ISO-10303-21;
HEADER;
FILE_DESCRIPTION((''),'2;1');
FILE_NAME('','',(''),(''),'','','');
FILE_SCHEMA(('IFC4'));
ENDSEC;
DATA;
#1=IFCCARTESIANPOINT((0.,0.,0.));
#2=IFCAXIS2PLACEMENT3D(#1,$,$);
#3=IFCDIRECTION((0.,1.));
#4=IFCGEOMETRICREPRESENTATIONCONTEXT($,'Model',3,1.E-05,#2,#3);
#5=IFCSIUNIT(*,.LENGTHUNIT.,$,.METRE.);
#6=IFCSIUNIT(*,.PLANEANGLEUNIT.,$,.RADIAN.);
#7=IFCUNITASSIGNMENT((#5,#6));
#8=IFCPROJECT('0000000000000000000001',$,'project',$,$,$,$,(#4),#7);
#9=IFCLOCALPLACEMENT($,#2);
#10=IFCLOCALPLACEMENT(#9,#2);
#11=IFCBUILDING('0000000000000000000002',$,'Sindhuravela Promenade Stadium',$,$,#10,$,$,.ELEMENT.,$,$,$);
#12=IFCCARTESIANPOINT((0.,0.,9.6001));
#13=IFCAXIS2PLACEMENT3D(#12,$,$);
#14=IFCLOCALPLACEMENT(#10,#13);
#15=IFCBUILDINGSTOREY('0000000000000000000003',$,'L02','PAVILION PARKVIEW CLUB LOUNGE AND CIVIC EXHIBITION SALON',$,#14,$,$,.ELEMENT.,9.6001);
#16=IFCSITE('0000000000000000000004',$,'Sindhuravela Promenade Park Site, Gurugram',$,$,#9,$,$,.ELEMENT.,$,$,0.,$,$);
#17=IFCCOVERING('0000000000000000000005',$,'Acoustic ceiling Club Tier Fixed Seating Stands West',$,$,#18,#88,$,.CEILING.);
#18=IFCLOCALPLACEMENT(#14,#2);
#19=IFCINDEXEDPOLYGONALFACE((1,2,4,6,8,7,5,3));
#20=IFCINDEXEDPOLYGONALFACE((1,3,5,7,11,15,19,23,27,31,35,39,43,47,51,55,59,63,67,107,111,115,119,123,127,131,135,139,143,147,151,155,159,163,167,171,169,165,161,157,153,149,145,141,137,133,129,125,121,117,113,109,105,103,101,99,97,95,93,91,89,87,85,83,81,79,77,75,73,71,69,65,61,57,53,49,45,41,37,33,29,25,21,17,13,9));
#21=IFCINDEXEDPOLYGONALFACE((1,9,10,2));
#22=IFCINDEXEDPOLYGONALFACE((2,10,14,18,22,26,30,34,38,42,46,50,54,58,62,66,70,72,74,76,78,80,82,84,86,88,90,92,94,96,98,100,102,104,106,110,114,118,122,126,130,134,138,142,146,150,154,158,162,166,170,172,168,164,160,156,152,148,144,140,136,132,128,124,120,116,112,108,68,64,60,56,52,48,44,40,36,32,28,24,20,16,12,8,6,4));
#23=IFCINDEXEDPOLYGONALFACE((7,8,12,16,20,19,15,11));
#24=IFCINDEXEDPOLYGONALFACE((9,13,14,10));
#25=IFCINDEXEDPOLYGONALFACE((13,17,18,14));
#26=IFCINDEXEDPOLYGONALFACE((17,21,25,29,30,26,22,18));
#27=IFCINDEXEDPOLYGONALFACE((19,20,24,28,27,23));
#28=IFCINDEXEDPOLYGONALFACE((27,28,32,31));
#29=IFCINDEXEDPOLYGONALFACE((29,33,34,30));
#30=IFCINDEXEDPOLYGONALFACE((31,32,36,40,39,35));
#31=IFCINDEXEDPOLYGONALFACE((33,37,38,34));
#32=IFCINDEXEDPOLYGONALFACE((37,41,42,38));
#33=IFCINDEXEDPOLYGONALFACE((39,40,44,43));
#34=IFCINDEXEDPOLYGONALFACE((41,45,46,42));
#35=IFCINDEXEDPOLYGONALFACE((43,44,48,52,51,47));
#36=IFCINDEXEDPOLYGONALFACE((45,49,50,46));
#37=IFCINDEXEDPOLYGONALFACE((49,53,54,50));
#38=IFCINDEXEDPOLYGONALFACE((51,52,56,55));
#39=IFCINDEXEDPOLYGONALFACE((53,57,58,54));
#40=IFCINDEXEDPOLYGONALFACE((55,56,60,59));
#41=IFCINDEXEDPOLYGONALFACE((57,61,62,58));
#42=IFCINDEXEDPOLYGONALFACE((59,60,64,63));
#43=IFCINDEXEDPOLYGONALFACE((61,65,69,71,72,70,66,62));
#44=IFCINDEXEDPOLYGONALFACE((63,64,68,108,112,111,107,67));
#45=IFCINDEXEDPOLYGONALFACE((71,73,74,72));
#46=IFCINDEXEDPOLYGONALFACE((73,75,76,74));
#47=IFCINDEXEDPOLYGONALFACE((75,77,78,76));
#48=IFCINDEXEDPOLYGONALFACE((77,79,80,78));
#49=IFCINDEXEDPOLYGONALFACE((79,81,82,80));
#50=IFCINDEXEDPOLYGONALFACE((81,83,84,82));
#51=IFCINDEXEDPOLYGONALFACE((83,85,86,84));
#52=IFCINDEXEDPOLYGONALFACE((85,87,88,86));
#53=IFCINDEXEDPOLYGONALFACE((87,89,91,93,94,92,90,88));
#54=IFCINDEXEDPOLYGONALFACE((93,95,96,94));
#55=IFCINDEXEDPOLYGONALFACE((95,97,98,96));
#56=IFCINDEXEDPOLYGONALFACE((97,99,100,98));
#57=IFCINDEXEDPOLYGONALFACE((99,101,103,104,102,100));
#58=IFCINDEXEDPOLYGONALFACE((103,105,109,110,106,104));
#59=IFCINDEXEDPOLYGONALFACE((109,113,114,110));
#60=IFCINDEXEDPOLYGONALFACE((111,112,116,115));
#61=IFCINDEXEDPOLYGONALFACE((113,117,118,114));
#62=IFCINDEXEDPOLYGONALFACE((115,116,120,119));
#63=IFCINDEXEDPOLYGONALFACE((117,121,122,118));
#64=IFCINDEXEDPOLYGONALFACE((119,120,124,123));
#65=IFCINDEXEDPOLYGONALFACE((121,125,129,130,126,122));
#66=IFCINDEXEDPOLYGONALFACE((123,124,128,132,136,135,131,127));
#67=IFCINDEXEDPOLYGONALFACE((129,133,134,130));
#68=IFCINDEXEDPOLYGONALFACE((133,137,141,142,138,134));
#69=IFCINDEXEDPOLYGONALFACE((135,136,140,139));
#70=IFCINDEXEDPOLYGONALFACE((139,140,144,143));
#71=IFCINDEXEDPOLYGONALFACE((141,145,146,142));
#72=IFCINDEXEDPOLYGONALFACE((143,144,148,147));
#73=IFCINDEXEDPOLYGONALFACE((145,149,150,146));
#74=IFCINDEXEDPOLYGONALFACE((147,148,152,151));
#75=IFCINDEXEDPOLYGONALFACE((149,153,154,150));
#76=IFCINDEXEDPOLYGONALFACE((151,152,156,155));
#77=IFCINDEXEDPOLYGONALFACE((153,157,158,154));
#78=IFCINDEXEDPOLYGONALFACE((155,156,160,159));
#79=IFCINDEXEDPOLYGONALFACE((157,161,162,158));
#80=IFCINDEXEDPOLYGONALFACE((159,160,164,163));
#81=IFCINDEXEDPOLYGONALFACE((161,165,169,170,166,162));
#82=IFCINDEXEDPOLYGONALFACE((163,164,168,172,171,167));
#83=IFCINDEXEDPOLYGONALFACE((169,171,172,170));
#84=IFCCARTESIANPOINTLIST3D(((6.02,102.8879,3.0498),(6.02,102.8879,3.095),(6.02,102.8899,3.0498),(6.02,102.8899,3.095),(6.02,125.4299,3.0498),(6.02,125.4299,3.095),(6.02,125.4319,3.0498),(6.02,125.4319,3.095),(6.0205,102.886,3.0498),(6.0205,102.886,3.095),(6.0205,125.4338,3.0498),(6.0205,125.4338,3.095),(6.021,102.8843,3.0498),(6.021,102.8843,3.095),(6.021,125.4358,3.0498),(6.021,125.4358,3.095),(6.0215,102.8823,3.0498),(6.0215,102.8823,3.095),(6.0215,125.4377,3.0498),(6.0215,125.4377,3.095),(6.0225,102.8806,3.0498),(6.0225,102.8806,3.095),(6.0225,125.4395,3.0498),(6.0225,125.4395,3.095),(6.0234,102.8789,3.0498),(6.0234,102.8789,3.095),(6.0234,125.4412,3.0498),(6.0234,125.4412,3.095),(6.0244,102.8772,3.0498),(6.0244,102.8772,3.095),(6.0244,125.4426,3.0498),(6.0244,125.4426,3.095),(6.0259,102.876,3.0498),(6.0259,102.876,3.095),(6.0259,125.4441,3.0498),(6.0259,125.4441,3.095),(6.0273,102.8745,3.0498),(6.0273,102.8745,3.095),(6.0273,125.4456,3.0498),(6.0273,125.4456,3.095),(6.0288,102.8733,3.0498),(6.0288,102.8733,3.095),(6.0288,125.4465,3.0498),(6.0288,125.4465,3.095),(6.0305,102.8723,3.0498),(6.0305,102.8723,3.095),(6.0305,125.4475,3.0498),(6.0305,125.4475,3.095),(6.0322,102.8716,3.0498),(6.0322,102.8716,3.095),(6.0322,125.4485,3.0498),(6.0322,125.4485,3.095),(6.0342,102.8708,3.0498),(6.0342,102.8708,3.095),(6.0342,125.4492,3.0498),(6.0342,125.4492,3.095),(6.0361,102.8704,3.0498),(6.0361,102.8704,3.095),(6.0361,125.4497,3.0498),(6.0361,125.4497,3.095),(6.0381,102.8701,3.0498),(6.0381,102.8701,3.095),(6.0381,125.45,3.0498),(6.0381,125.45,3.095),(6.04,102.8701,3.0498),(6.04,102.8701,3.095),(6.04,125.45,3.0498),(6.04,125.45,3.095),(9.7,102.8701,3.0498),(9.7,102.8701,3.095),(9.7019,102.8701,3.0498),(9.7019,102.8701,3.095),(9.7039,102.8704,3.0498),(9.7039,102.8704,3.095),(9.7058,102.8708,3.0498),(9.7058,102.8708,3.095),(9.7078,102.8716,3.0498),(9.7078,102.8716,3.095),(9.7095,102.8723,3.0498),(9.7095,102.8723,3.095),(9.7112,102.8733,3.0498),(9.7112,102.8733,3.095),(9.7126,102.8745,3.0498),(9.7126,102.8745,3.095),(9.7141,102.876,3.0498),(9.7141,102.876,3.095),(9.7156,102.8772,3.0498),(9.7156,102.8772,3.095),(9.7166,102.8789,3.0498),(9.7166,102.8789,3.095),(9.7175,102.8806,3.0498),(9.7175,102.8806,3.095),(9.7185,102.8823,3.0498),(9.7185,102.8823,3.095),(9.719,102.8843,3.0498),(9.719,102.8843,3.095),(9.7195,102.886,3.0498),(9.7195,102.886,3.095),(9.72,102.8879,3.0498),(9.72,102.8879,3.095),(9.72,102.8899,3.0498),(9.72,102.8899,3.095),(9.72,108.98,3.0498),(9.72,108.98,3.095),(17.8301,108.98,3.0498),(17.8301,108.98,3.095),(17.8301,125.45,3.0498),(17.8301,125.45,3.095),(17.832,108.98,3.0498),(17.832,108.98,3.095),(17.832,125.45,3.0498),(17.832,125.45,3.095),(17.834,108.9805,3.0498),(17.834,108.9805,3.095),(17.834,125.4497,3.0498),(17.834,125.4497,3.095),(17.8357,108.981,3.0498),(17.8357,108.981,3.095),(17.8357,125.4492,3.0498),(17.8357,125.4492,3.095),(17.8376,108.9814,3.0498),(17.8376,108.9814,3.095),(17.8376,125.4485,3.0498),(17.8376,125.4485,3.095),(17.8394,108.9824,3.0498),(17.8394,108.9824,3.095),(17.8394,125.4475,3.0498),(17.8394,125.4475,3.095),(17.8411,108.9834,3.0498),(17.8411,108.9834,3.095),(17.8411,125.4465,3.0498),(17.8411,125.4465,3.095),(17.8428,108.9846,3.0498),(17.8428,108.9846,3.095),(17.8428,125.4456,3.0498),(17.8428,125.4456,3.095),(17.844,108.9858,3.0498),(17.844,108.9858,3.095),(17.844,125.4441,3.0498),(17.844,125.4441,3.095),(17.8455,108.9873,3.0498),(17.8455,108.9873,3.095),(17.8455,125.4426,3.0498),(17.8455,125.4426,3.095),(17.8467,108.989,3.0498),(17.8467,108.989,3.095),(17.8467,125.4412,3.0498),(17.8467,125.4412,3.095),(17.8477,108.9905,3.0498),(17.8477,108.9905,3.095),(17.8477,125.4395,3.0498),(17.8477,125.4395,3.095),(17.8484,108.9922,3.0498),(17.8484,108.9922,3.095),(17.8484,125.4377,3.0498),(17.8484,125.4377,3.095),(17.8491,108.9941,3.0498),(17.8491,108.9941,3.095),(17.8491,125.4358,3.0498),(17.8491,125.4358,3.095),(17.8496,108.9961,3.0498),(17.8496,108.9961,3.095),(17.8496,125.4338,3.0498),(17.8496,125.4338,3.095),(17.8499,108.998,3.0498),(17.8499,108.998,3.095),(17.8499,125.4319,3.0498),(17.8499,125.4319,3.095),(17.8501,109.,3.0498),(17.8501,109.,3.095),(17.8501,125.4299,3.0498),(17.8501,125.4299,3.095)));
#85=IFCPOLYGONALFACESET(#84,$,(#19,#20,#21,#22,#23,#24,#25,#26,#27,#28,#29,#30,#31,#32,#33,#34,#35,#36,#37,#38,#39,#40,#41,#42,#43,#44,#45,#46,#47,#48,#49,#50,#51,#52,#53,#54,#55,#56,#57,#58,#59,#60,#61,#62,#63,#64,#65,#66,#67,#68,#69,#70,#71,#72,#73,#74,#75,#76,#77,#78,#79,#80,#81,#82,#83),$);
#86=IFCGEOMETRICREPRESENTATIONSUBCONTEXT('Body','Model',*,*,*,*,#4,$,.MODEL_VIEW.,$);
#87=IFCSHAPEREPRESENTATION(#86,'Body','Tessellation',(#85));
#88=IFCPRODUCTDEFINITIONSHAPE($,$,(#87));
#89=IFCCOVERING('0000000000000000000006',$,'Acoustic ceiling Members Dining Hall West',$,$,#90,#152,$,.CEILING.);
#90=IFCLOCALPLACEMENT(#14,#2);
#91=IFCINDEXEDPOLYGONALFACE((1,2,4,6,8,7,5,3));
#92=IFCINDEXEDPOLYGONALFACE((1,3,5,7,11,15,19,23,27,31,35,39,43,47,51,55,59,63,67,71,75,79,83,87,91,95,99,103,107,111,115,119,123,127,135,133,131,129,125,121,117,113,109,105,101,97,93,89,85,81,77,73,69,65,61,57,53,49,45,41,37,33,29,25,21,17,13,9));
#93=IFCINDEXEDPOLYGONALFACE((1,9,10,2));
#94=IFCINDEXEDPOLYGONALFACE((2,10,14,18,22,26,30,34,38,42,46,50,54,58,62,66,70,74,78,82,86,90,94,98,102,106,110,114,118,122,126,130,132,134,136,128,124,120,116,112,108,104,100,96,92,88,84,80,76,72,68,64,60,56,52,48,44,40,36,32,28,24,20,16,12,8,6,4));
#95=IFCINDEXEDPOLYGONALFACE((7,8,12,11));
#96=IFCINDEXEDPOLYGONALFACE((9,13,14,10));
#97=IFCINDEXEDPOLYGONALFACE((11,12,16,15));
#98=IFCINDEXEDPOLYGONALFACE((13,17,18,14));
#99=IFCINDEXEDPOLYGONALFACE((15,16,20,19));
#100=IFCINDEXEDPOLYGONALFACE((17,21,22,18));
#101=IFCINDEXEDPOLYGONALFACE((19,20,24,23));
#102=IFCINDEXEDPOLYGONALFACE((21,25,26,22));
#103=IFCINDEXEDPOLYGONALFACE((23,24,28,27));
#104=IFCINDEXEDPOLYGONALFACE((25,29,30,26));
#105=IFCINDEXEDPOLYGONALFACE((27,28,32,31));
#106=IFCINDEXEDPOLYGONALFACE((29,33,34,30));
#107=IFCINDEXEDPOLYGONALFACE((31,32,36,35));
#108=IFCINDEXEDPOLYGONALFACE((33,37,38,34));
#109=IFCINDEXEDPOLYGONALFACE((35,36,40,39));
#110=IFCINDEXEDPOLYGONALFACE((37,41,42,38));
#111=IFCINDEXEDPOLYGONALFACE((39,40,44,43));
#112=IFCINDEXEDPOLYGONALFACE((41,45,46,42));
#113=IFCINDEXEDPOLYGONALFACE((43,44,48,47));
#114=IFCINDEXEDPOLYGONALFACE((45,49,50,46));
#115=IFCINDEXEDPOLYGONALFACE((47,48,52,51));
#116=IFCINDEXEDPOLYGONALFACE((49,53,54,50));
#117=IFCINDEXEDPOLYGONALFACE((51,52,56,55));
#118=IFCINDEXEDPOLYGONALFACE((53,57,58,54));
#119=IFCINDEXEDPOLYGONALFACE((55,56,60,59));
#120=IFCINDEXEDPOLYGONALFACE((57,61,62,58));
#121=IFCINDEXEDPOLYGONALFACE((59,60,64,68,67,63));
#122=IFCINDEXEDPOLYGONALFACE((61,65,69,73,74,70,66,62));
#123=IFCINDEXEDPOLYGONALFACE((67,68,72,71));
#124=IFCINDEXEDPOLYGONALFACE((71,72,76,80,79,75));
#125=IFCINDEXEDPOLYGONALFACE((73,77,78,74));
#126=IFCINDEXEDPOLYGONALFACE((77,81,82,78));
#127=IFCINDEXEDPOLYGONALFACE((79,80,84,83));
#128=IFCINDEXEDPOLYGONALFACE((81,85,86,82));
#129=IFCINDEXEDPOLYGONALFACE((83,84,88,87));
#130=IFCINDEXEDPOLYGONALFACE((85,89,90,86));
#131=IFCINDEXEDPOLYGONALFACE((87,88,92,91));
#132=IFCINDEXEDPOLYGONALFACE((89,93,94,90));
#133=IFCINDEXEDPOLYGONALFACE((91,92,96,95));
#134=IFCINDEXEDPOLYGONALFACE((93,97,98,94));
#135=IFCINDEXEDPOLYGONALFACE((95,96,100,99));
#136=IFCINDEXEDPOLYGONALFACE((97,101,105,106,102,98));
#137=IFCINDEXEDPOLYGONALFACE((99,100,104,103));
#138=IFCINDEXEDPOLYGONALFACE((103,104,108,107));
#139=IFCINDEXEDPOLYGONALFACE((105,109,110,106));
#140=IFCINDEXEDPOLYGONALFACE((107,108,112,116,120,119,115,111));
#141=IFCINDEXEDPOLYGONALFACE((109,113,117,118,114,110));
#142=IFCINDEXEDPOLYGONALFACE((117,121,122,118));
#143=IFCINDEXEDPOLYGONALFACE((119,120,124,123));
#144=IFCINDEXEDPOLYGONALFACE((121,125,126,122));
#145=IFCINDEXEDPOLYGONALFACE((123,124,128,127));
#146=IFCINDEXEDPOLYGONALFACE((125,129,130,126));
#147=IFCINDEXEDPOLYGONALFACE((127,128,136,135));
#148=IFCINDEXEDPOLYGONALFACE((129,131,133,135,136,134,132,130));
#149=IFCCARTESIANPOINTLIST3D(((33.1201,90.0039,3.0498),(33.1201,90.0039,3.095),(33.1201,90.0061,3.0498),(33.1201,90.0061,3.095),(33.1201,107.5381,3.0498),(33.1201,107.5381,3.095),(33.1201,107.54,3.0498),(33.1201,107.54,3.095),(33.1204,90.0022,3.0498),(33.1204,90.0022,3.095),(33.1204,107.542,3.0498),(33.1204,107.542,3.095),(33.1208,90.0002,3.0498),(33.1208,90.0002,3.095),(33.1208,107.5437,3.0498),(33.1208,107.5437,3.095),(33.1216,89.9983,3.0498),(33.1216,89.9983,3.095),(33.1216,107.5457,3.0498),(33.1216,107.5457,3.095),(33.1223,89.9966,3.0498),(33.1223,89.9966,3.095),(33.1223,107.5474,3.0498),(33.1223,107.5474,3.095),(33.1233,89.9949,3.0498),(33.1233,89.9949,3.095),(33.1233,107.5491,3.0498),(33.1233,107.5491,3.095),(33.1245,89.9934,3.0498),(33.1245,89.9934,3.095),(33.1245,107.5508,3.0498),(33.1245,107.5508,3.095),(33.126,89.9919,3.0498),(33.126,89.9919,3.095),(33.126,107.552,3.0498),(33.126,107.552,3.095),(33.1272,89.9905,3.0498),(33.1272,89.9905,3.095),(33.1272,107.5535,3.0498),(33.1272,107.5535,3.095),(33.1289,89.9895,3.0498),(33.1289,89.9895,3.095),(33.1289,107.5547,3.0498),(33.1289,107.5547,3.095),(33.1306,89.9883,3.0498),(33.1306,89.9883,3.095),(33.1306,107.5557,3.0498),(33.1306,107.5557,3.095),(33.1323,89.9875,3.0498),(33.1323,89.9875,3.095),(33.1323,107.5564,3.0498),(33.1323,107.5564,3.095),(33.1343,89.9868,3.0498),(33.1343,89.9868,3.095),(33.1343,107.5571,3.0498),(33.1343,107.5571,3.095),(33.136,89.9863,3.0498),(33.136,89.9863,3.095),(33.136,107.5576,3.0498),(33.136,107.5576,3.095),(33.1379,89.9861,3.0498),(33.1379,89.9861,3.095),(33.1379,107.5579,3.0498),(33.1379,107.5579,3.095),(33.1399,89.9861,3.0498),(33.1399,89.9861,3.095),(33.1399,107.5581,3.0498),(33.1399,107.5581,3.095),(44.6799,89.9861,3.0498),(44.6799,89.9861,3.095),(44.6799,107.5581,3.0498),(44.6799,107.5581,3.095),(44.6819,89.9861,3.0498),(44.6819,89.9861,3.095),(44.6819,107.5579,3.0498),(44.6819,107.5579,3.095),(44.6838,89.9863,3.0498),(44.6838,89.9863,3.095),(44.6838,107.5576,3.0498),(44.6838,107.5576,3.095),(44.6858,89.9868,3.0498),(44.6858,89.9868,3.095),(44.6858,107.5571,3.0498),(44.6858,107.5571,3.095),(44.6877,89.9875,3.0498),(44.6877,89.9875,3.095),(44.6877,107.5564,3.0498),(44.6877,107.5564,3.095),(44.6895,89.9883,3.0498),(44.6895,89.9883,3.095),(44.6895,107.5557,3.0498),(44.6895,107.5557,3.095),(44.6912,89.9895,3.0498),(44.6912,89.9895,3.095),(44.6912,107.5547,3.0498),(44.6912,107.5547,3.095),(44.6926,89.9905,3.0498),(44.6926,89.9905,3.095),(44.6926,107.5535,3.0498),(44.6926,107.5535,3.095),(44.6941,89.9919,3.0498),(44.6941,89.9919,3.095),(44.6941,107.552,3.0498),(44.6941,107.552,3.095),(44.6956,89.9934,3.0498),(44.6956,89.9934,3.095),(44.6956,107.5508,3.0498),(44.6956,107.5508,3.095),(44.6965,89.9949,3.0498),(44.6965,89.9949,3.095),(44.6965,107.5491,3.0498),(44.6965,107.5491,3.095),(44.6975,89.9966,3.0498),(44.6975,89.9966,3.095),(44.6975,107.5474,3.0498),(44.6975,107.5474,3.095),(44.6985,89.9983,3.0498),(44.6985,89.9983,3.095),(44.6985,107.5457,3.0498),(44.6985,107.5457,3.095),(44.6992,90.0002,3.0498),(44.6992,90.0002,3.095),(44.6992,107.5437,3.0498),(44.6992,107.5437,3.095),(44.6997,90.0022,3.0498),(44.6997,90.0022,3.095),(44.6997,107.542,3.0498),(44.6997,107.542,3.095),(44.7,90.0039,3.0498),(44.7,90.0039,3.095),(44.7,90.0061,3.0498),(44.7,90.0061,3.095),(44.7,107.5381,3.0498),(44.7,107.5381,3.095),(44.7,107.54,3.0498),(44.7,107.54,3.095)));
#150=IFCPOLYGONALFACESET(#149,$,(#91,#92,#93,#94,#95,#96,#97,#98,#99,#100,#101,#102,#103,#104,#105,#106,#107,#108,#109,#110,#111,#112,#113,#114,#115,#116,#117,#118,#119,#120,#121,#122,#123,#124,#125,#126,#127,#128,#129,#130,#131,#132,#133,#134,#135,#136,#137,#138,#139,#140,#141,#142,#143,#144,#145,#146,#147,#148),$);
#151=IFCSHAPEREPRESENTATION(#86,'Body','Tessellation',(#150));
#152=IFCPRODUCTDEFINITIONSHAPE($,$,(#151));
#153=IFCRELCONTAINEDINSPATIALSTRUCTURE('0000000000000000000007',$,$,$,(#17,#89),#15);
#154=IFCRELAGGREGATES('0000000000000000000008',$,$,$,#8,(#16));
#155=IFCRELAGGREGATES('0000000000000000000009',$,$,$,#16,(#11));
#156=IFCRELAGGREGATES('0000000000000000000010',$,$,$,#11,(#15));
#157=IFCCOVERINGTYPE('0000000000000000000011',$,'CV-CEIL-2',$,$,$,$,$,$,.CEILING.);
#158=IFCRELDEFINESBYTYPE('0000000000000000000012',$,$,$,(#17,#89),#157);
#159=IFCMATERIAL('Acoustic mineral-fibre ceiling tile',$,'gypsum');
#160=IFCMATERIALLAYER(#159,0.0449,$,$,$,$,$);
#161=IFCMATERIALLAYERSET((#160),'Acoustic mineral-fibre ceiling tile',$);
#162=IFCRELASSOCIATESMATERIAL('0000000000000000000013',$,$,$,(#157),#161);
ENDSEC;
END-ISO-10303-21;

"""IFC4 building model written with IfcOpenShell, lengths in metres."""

from ifc_helpers import new_model, si_unit, direction, frame, origin, place, context, subcontext, project, spatial, polyline, outline, extrude, material, layer, layer_set, type_object, element, save


model = new_model("IFC4")

# Units and contexts
model_context = context("Model", 3, precision=1e-05, world=origin(), true_north=direction((0.0, 1.0)))
body_context = subcontext(model_context, "Body", "Model", "MODEL_VIEW")
ifc_project = project(units=[si_unit("LENGTHUNIT", "METRE"), si_unit("PLANEANGLEUNIT", "RADIAN")], contexts=[model_context])

# Site, building, storey
site_placement = place(None, origin())
site = spatial("IfcSite", under=ifc_project, at=site_placement, Name="Sindhuravela Promenade Park Site, Gurugram", CompositionType="ELEMENT", RefElevation=0.0)
building_placement = place(site_placement, origin())
building = spatial("IfcBuilding", under=site, at=building_placement, Name="Sindhuravela Promenade Stadium", CompositionType="ELEMENT")
storey_placement = place(building_placement, frame((0.0, 0.0, 9.6001)))
storey = spatial("IfcBuildingStorey", under=building, at=storey_placement, Name="L02", Description="PAVILION PARKVIEW CLUB LOUNGE AND CIVIC EXHIBITION SALON", CompositionType="ELEMENT", Elevation=9.6001)

# Coverings
ifc_material_1 = material(Name="Acoustic mineral-fibre ceiling tile", Category="gypsum")
ifc_layer_1 = layer(ifc_material_1, 0.0449)
ifc_layer_set_1 = layer_set([ifc_layer_1], Name="Acoustic mineral-fibre ceiling tile")
covering_type_1 = type_object("IfcCoveringType", Name="CV-CEIL-2", PredefinedType="CEILING", material=ifc_layer_set_1)
covering_1_placement = place(storey_placement, frame((0.0, 0.0, 3.0498)))
element("IfcCovering", 1, at=covering_1_placement, inside=storey, type_object=covering_type_1, Name="Acoustic ceiling Club Tier Fixed Seating Stands West", PredefinedType="CEILING", context=body_context, shape_type="SweptSolid", body=[
    extrude(outline(polyline([(9.72, 108.98), (9.72, 102.8899), (9.72, 102.8879), (9.7195, 102.886), (9.719, 102.8843), (9.7185, 102.8823), (9.7175, 102.8806), (9.7166, 102.8789), (9.7156, 102.8772), (9.7141, 102.876), (9.7126, 102.8745), (9.7112, 102.8733), (9.7095, 102.8723), (9.7078, 102.8716), (9.7058, 102.8708), (9.7039, 102.8704), (9.7019, 102.8701), (9.7, 102.8701), (6.04, 102.8701), (6.0381, 102.8701), (6.0361, 102.8704), (6.0342, 102.8708), (6.0322, 102.8716), (6.0305, 102.8723), (6.0288, 102.8733), (6.0273, 102.8745), (6.0259, 102.876), (6.0244, 102.8772), (6.0234, 102.8789), (6.0225, 102.8806), (6.0215, 102.8823), (6.021, 102.8843), (6.0205, 102.886), (6.02, 102.8879), (6.02, 102.8899), (6.02, 125.4299), (6.02, 125.4319), (6.0205, 125.4338), (6.021, 125.4358), (6.0215, 125.4377), (6.0225, 125.4395), (6.0234, 125.4412), (6.0244, 125.4426), (6.0259, 125.4441), (6.0273, 125.4456), (6.0288, 125.4465), (6.0305, 125.4475), (6.0322, 125.4485), (6.0342, 125.4492), (6.0361, 125.4497), (6.0381, 125.45), (6.04, 125.45), (17.8301, 125.45), (17.832, 125.45), (17.834, 125.4497), (17.8357, 125.4492), (17.8376, 125.4485), (17.8394, 125.4475), (17.8411, 125.4465), (17.8428, 125.4456), (17.844, 125.4441), (17.8455, 125.4426), (17.8467, 125.4412), (17.8477, 125.4395), (17.8484, 125.4377), (17.8491, 125.4358), (17.8496, 125.4338), (17.8499, 125.4319), (17.8501, 125.4299), (17.8501, 109.0), (17.8499, 108.998), (17.8496, 108.9961), (17.8491, 108.9941), (17.8484, 108.9922), (17.8477, 108.9905), (17.8467, 108.989), (17.8455, 108.9873), (17.844, 108.9858), (17.8428, 108.9846), (17.8411, 108.9834), (17.8394, 108.9824), (17.8376, 108.9814), (17.8357, 108.981), (17.834, 108.9805), (17.832, 108.98), (17.8301, 108.98), (9.72, 108.98)])), origin(), (0.0, 0.0, 1.0), 0.0452),
])
covering_2_placement = place(storey_placement, frame((0.0, 0.0, 3.0498)))
element("IfcCovering", 2, at=covering_2_placement, inside=storey, type_object=covering_type_1, Name="Acoustic ceiling Members Dining Hall West", PredefinedType="CEILING", context=body_context, shape_type="SweptSolid", body=[
    extrude(outline(polyline([(44.7, 90.0061), (44.7, 90.0039), (44.6997, 90.0022), (44.6992, 90.0002), (44.6985, 89.9983), (44.6975, 89.9966), (44.6965, 89.9949), (44.6956, 89.9934), (44.6941, 89.9919), (44.6926, 89.9905), (44.6912, 89.9895), (44.6895, 89.9883), (44.6877, 89.9875), (44.6858, 89.9868), (44.6838, 89.9863), (44.6819, 89.9861), (44.6799, 89.9861), (33.1399, 89.9861), (33.1379, 89.9861), (33.136, 89.9863), (33.1343, 89.9868), (33.1323, 89.9875), (33.1306, 89.9883), (33.1289, 89.9895), (33.1272, 89.9905), (33.126, 89.9919), (33.1245, 89.9934), (33.1233, 89.9949), (33.1223, 89.9966), (33.1216, 89.9983), (33.1208, 90.0002), (33.1204, 90.0022), (33.1201, 90.0039), (33.1201, 90.0061), (33.1201, 107.5381), (33.1201, 107.54), (33.1204, 107.542), (33.1208, 107.5437), (33.1216, 107.5457), (33.1223, 107.5474), (33.1233, 107.5491), (33.1245, 107.5508), (33.126, 107.552), (33.1272, 107.5535), (33.1289, 107.5547), (33.1306, 107.5557), (33.1323, 107.5564), (33.1343, 107.5571), (33.136, 107.5576), (33.1379, 107.5579), (33.1399, 107.5581), (44.6799, 107.5581), (44.6819, 107.5579), (44.6838, 107.5576), (44.6858, 107.5571), (44.6877, 107.5564), (44.6895, 107.5557), (44.6912, 107.5547), (44.6926, 107.5535), (44.6941, 107.552), (44.6956, 107.5508), (44.6965, 107.5491), (44.6975, 107.5474), (44.6985, 107.5457), (44.6992, 107.5437), (44.6997, 107.542), (44.7, 107.54), (44.7, 107.5381), (44.7, 90.0061)])), origin(), (0.0, 0.0, 1.0), 0.0452),
])

save(model, "model.ifc")
